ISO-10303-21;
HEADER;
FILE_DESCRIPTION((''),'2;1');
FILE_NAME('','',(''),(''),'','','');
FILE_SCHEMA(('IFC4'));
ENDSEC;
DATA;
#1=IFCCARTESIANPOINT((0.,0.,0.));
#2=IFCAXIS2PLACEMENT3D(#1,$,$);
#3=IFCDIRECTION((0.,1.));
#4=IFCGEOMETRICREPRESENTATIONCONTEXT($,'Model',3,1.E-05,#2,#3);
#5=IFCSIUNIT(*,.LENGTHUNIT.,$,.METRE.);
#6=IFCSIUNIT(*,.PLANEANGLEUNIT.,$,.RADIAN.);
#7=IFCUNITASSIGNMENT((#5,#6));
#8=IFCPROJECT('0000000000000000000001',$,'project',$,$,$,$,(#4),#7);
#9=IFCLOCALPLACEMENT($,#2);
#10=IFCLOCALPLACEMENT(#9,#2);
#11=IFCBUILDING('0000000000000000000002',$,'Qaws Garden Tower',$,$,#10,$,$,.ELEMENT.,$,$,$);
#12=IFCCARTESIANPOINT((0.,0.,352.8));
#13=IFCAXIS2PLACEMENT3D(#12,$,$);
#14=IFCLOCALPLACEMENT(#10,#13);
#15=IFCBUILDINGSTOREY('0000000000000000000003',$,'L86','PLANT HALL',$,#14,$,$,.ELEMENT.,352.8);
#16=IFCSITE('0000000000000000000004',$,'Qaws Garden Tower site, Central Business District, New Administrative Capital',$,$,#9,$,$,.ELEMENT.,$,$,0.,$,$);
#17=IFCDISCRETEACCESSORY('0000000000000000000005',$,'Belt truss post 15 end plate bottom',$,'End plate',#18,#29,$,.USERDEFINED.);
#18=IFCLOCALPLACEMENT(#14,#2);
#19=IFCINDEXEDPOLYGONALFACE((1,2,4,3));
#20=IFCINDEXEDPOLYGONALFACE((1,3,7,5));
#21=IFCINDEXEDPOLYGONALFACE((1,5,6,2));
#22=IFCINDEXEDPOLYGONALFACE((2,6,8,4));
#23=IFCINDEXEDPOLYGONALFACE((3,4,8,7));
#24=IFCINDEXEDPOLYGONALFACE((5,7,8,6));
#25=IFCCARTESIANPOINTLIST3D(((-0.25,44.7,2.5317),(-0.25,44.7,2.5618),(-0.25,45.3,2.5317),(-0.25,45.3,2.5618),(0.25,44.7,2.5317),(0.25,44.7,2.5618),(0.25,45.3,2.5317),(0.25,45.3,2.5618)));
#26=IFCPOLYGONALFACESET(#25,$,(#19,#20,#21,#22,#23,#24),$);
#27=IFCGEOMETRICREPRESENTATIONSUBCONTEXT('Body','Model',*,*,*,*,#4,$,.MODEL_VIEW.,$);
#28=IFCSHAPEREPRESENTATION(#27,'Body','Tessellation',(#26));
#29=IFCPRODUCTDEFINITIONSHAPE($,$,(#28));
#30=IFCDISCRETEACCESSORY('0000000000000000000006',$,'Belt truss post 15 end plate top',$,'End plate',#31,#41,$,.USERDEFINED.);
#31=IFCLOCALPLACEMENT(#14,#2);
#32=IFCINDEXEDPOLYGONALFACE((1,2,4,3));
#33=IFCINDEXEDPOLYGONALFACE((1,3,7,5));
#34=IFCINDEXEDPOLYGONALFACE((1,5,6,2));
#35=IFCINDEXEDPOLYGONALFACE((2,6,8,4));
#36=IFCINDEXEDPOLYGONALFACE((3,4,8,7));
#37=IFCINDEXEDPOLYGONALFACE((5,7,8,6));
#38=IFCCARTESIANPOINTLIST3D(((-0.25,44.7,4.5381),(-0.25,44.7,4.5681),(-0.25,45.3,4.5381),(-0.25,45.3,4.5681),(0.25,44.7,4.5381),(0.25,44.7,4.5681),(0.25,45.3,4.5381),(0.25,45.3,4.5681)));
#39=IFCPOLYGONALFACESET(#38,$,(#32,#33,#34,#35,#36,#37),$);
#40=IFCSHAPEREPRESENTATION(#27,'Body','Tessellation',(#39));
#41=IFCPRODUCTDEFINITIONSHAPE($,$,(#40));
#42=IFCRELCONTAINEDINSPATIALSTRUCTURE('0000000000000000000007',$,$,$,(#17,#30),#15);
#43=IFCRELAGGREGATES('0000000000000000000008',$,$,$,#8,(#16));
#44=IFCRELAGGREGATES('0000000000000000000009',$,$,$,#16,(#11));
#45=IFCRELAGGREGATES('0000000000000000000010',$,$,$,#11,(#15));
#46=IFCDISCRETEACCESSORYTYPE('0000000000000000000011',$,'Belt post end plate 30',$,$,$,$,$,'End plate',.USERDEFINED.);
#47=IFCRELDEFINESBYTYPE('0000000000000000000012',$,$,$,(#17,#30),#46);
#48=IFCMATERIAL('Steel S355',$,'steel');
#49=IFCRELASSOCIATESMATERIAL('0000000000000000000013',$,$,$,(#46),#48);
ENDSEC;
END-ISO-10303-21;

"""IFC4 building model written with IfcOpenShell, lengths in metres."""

from ifc_helpers import new_model, si_unit, direction, frame, origin, origin_2d, place, context, subcontext, project, spatial, rectangle, extrude, material, type_object, element, save


model = new_model("IFC4")

# Units and contexts
model_context = context("Model", 3, precision=1e-05, world=origin(), true_north=direction((0.0, 1.0)))
body_context = subcontext(model_context, "Body", "Model", "MODEL_VIEW")
ifc_project = project(units=[si_unit("LENGTHUNIT", "METRE"), si_unit("PLANEANGLEUNIT", "RADIAN")], contexts=[model_context])

# Site, building, storey
site_placement = place(None, origin())
site = spatial("IfcSite", under=ifc_project, at=site_placement, Name="Qaws Garden Tower site, Central Business District, New Administrative Capital", CompositionType="ELEMENT", RefElevation=0.0)
building_placement = place(site_placement, origin())
building = spatial("IfcBuilding", under=site, at=building_placement, Name="Qaws Garden Tower", CompositionType="ELEMENT")
storey_placement = place(building_placement, frame((0.0, 0.0, 352.8)))
storey = spatial("IfcBuildingStorey", under=building, at=storey_placement, Name="L86", Description="PLANT HALL", CompositionType="ELEMENT", Elevation=352.8)

# Discrete accessories
ifc_material_1 = material(Name="Steel S355", Category="steel")
discrete_accessory_type = type_object("IfcDiscreteAccessoryType", Name="Belt post end plate 30", ElementType="End plate", PredefinedType="USERDEFINED", material=ifc_material_1)
for number, where, z_axis, x_axis, name in (
    (1, (0.0, 45.0, 2.5317), (0.0, 0.0, 1.0), (1.0, 0.0, 0.0), "Belt truss post 15 end plate bottom"),
    (2, (0.0, 45.0, 4.5381), (0.0, 0.0, 1.0), (1.0, 0.0, 0.0), "Belt truss post 15 end plate top"),
):
    element("IfcDiscreteAccessory", number, at=place(storey_placement, frame(where, z_axis=z_axis, x_axis=x_axis)), inside=storey, type_object=discrete_accessory_type, Name=name, ObjectType="End plate", PredefinedType="USERDEFINED", context=body_context, shape_type="SweptSolid", body=[
        extrude(rectangle(XDim=0.5, YDim=0.6001, at=origin_2d()), origin(), (0.0, 0.0, 1.0), 0.03),
    ])

save(model, "model.ifc")
